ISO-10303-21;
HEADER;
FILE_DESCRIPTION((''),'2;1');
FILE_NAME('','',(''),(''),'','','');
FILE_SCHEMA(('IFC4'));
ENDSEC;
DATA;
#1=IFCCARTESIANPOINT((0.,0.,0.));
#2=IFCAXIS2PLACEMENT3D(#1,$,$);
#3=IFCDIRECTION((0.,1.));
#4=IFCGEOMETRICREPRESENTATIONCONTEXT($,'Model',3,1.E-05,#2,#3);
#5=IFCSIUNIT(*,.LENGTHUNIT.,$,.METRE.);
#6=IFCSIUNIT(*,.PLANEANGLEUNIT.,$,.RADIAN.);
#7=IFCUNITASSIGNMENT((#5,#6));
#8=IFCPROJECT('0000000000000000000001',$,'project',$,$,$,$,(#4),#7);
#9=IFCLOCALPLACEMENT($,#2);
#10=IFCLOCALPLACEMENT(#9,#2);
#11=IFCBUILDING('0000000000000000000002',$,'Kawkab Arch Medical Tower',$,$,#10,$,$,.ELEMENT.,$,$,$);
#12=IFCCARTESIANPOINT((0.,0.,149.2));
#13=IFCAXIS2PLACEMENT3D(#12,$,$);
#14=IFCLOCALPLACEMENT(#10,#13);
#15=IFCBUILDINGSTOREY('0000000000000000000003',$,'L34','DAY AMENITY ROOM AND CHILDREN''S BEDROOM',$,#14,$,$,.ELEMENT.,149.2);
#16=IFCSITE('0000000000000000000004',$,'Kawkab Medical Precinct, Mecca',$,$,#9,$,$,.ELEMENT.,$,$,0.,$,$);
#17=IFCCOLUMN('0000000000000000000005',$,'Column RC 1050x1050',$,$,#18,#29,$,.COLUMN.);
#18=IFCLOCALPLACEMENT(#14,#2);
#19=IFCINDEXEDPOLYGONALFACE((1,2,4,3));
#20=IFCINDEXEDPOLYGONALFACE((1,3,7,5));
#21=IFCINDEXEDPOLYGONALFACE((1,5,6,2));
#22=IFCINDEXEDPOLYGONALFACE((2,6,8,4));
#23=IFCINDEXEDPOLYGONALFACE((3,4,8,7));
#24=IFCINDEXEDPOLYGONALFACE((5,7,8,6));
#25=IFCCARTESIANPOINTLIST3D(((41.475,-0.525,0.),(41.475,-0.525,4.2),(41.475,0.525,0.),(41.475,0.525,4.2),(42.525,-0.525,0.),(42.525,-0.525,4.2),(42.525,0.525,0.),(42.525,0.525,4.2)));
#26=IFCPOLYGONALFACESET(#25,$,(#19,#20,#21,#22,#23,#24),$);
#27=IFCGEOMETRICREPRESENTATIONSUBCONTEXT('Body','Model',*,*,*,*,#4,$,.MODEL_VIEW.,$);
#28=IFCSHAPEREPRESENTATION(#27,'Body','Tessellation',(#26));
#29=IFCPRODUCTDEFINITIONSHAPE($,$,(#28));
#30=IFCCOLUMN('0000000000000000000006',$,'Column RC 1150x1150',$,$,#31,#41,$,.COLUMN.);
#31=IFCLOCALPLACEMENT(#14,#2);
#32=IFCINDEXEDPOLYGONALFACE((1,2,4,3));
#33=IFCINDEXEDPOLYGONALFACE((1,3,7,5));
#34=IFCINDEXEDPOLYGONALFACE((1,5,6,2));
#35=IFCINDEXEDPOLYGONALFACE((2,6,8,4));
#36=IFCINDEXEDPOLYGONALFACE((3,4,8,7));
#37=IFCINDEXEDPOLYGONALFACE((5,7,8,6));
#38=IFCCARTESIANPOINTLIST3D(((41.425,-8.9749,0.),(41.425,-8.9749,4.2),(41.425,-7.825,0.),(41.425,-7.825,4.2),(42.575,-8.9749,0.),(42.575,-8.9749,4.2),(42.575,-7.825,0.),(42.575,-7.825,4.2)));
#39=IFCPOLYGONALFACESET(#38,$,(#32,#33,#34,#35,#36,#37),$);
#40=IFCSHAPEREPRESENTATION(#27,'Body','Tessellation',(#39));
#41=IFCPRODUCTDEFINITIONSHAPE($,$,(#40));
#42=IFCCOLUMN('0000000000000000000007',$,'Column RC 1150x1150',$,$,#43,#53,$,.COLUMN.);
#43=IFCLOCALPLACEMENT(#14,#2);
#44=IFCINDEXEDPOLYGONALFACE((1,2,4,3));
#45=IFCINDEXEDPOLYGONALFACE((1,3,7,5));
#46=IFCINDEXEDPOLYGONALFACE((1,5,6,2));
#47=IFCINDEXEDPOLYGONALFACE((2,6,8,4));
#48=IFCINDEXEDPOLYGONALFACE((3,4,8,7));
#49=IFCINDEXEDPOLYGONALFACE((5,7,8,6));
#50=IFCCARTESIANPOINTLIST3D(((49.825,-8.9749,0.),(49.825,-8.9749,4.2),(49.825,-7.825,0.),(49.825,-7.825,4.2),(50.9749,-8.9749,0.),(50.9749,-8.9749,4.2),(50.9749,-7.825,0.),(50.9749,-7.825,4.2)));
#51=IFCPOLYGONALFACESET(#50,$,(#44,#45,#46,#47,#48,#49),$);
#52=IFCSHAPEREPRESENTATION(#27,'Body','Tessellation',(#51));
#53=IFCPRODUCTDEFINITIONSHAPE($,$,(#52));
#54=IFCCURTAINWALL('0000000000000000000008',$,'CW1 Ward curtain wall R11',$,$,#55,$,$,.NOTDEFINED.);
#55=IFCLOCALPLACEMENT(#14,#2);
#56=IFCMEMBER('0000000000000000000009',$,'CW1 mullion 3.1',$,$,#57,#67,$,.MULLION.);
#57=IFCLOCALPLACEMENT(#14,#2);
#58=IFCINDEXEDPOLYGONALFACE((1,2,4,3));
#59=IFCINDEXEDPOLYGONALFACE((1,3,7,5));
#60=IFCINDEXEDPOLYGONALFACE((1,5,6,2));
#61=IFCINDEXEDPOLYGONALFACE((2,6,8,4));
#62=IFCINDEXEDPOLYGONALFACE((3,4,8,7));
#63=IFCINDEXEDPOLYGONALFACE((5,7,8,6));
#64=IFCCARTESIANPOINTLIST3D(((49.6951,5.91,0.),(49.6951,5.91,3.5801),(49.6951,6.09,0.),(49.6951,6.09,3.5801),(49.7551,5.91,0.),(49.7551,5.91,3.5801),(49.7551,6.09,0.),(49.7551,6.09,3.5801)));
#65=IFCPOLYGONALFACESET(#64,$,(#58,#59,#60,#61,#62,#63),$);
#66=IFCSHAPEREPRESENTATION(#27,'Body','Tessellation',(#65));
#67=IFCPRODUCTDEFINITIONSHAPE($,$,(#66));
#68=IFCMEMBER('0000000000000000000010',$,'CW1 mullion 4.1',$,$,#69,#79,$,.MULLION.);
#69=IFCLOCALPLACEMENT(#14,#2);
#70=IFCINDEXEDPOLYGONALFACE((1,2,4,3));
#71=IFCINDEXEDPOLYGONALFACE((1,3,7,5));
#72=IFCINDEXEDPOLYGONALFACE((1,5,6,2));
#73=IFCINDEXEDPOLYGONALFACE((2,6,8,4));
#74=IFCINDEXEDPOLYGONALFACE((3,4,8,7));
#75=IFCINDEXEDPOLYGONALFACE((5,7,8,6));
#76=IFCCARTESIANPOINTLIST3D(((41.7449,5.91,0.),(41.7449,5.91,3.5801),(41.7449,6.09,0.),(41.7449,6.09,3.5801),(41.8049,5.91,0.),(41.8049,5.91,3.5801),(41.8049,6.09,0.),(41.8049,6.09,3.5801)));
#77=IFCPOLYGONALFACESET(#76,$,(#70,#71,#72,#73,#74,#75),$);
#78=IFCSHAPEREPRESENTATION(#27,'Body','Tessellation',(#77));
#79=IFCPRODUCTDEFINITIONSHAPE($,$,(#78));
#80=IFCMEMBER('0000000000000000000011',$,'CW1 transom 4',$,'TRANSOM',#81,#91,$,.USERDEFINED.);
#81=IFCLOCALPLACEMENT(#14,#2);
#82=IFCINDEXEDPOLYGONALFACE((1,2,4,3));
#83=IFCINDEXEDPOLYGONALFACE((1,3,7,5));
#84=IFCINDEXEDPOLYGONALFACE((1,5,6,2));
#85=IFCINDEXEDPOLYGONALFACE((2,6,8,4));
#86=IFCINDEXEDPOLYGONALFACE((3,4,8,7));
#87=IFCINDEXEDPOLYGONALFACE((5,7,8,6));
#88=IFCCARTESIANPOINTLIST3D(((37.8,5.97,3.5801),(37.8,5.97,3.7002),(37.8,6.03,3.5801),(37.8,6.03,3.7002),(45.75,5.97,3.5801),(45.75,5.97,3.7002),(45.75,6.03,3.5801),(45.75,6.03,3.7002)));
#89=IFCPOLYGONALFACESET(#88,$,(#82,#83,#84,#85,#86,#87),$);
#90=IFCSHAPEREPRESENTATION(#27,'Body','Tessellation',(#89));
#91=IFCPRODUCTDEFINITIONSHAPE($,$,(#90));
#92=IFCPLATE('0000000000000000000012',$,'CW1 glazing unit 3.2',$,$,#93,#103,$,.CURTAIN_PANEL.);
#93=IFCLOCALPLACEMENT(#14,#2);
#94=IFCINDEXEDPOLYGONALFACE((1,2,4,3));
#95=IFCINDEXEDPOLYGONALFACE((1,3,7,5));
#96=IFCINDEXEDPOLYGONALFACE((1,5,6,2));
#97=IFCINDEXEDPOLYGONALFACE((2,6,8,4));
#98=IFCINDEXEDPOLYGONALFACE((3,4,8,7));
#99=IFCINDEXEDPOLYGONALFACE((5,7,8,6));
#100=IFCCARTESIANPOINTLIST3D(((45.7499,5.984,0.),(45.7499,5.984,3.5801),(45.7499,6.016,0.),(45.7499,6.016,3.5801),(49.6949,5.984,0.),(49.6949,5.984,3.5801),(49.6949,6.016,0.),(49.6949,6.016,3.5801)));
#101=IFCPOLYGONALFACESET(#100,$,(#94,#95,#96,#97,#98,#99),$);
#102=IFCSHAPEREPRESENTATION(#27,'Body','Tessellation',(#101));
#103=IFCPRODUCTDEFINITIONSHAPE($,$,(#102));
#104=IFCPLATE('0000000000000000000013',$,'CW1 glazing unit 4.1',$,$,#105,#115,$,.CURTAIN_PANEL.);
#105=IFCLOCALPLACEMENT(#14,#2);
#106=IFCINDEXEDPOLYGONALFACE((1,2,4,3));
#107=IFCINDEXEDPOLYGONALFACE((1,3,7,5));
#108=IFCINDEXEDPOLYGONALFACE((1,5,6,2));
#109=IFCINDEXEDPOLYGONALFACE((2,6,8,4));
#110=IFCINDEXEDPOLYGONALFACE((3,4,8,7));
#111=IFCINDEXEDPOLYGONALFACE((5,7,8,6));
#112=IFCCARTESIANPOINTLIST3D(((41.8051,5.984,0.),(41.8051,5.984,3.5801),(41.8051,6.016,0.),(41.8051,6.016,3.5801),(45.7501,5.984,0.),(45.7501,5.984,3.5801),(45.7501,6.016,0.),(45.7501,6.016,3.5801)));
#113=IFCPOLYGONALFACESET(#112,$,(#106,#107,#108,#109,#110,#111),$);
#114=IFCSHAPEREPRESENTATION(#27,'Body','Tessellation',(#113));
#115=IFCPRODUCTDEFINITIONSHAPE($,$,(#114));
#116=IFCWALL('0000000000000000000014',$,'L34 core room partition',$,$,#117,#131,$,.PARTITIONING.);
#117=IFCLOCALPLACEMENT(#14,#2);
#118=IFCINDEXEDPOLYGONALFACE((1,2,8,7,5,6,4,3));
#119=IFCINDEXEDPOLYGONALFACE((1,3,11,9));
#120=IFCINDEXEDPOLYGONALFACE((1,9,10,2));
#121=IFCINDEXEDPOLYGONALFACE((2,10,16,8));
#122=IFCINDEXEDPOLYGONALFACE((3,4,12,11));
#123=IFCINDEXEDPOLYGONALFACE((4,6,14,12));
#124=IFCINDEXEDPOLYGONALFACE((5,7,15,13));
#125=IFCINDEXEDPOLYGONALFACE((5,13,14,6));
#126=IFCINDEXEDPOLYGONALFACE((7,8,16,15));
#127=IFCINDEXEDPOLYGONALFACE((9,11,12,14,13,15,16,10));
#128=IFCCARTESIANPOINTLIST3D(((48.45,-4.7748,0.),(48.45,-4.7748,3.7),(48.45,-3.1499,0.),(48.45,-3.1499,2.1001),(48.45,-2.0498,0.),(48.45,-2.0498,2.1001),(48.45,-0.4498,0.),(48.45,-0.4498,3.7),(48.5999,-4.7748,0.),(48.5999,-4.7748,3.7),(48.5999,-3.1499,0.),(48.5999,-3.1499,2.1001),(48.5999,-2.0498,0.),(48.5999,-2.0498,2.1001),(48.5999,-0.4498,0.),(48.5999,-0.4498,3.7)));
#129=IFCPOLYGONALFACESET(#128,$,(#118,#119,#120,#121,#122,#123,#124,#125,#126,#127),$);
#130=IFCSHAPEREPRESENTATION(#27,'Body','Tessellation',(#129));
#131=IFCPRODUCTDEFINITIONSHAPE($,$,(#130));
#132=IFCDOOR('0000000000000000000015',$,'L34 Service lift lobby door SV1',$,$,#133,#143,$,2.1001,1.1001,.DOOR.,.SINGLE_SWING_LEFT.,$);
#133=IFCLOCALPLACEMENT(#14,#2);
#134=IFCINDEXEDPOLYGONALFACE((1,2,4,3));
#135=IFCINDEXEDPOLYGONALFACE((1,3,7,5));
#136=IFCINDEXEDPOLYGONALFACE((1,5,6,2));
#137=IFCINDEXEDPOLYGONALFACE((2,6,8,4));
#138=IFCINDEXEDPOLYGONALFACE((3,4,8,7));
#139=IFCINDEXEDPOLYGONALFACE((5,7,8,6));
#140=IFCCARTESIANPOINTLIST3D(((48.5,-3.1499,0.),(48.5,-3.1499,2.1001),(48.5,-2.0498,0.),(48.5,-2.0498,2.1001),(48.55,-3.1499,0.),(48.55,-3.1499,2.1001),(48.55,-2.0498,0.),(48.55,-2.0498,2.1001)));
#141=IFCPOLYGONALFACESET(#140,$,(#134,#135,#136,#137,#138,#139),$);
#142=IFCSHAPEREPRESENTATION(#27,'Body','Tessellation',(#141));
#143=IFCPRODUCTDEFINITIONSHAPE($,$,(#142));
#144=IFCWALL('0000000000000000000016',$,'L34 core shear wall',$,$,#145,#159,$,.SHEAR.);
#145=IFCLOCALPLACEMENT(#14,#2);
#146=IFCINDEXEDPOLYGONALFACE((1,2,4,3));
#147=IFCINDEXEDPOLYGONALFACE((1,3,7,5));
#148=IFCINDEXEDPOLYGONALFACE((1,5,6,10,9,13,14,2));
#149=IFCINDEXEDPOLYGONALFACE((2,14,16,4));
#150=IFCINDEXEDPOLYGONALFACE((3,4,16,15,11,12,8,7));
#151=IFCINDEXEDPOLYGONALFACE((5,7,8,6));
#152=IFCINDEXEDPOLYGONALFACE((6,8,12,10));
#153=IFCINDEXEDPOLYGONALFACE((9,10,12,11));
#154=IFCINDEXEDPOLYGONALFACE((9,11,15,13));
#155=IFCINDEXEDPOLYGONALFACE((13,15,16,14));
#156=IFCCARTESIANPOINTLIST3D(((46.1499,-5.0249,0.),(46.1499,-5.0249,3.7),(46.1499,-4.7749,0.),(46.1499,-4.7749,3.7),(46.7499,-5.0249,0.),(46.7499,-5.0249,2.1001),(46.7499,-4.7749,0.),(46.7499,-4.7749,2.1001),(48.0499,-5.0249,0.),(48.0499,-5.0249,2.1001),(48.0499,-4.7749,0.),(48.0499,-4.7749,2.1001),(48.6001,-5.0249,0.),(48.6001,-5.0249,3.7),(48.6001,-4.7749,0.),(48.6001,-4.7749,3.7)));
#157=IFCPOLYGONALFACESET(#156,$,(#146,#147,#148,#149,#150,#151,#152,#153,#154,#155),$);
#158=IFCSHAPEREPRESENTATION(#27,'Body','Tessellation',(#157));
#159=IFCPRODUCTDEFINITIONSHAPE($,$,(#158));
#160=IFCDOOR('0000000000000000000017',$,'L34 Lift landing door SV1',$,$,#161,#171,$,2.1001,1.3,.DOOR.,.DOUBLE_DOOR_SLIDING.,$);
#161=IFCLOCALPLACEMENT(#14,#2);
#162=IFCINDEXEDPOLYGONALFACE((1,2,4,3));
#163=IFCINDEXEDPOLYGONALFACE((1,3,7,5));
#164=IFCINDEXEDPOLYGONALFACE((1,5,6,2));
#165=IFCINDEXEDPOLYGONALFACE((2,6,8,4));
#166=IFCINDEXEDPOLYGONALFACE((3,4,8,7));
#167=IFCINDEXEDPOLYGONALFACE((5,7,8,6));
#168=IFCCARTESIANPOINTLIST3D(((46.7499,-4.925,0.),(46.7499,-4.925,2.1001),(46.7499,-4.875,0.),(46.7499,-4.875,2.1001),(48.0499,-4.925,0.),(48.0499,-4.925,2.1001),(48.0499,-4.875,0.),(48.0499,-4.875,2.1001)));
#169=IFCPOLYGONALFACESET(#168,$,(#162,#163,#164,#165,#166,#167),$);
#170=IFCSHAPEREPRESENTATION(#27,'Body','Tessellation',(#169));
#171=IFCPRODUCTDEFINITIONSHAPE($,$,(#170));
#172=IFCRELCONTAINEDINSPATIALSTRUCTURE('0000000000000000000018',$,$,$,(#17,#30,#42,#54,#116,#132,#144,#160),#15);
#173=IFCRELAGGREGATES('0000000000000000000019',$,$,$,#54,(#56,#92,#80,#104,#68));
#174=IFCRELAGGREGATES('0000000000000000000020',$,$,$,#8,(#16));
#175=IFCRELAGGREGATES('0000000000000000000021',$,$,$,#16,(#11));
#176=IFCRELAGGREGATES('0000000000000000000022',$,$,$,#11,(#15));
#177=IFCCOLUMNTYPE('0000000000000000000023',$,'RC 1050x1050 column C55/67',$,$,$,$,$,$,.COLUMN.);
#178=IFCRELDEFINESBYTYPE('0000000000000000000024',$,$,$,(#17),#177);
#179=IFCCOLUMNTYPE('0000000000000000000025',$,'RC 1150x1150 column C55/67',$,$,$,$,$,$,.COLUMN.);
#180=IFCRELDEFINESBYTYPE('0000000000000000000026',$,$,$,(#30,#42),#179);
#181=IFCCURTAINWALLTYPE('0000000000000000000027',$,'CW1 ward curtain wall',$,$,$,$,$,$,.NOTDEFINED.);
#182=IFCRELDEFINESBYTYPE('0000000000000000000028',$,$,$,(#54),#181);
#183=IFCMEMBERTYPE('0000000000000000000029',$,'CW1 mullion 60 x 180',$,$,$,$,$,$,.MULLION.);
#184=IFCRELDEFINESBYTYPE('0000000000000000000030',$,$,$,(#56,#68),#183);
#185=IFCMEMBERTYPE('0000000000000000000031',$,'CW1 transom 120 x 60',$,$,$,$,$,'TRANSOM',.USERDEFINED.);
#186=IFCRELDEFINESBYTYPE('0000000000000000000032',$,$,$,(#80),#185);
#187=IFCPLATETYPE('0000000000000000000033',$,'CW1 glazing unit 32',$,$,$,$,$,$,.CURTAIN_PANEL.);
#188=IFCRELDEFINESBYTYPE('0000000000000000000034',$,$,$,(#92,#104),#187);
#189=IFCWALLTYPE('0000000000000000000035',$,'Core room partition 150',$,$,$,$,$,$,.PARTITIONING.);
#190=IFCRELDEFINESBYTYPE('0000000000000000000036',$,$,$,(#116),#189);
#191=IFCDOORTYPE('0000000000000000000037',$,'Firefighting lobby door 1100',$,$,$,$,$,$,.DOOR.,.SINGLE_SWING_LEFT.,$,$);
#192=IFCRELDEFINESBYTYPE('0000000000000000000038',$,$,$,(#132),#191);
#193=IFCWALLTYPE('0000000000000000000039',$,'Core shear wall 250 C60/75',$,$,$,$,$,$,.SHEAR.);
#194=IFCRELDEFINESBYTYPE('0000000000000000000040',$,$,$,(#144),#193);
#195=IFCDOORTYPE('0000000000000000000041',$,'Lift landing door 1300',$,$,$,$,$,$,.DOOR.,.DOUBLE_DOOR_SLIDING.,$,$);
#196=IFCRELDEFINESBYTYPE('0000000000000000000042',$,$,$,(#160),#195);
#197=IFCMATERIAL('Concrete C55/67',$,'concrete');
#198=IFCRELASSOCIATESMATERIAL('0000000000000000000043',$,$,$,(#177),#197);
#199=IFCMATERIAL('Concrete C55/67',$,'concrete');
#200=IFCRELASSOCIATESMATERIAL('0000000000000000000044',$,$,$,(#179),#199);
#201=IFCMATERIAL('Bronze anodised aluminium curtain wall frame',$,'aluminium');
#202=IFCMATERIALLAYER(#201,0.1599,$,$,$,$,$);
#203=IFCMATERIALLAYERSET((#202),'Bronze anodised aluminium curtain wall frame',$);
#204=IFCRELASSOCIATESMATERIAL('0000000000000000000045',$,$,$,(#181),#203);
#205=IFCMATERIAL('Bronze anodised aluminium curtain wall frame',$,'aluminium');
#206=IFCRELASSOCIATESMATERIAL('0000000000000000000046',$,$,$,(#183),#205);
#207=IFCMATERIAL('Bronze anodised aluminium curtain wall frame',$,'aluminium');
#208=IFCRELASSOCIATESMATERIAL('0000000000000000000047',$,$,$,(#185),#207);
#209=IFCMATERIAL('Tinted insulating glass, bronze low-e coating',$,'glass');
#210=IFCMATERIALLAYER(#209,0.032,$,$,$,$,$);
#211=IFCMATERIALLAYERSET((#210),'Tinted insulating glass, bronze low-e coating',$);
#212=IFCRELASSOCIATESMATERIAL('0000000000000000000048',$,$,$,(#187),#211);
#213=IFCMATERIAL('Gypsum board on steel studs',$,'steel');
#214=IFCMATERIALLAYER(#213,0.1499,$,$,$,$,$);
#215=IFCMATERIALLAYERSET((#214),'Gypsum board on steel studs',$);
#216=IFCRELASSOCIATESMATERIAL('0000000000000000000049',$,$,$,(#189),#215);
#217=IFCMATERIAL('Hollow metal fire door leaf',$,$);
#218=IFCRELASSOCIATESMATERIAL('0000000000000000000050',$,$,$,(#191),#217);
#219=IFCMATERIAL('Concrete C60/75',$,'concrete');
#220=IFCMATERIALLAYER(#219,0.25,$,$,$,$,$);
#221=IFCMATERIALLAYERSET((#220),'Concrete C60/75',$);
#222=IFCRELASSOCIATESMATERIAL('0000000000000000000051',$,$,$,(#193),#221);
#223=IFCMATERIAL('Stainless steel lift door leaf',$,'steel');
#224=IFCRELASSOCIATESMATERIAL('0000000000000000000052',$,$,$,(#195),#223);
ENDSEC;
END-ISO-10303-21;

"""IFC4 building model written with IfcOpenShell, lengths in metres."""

from ifc_helpers import new_model, si_unit, direction, frame, frame_2d, origin, origin_2d, place, context, subcontext, project, spatial, rectangle, extrude, material, layer, layer_set, material_profile, profile_set, type_object, element, fill, aggregate, save


model = new_model("IFC4")

# Units and contexts
model_context = context("Model", 3, precision=1e-05, world=origin(), true_north=direction((0.0, 1.0)))
body_context = subcontext(model_context, "Body", "Model", "MODEL_VIEW")
ifc_project = project(units=[si_unit("LENGTHUNIT", "METRE"), si_unit("PLANEANGLEUNIT", "RADIAN")], contexts=[model_context])

# Site, building, storey
site_placement = place(None, origin())
site = spatial("IfcSite", under=ifc_project, at=site_placement, Name="Kawkab Medical Precinct, Mecca", CompositionType="ELEMENT", RefElevation=0.0)
building_placement = place(site_placement, origin())
building = spatial("IfcBuilding", under=site, at=building_placement, Name="Kawkab Arch Medical Tower", CompositionType="ELEMENT")
storey_placement = place(building_placement, frame((0.0, 0.0, 149.2)))
storey = spatial("IfcBuildingStorey", under=building, at=storey_placement, Name="L34", Description="DAY AMENITY ROOM AND CHILDREN'S BEDROOM", CompositionType="ELEMENT", Elevation=149.2)

# Columns
ifc_material_1 = material(Name="Concrete C55/67", Category="concrete")
ifc_material_profile_1 = material_profile(ifc_material_1, rectangle(XDim=1.05, YDim=1.05, at=origin_2d()), Name="RC 1050x1050")
ifc_profile_set_1 = profile_set([ifc_material_profile_1], Name="Concrete C55/67")
column_type_1 = type_object("IfcColumnType", Name="RC 1050x1050 column C55/67", PredefinedType="COLUMN", material=ifc_profile_set_1)
column_placement = place(storey_placement, frame((42.0, 0.0, 0.0), z_axis=(0.0, 0.0, 1.0), x_axis=(1.0, 0.0, 0.0)))
element("IfcColumn", 1, at=column_placement, inside=storey, type_object=column_type_1, Name="Column RC 1050x1050", PredefinedType="COLUMN", context=body_context, shape_type="SweptSolid", body=[
    extrude(rectangle(XDim=1.05, YDim=1.05, at=origin_2d()), origin(), (0.0, 0.0, 1.0), 4.2),
])
ifc_material_2 = material(Name="Concrete C55/67", Category="concrete")
ifc_material_profile_2 = material_profile(ifc_material_2, rectangle(XDim=1.1499, YDim=1.1499, at=origin_2d()), Name="RC 1150x1150")
ifc_profile_set_2 = profile_set([ifc_material_profile_2], Name="Concrete C55/67")
column_type_2 = type_object("IfcColumnType", Name="RC 1150x1150 column C55/67", PredefinedType="COLUMN", material=ifc_profile_set_2)
for number, where, z_axis, x_axis, name in (
    (2, (42.0, -8.3999, 0.0), (0.0, 0.0, 1.0), (1.0, 0.0, 0.0), "Column RC 1150x1150"),
    (3, (50.3999, -8.3999, 0.0), (0.0, 0.0, 1.0), (1.0, 0.0, 0.0), "Column RC 1150x1150"),
):
    element("IfcColumn", number, at=place(storey_placement, frame(where, z_axis=z_axis, x_axis=x_axis)), inside=storey, type_object=column_type_2, Name=name, PredefinedType="COLUMN", context=body_context, shape_type="SweptSolid", body=[
        extrude(rectangle(XDim=1.1499, YDim=1.1499, at=origin_2d()), origin(), (0.0, 0.0, 1.0), 4.2),
    ])

# Curtain wall, members, plates
ifc_material_3 = material(Name="Bronze anodised aluminium curtain wall frame", Category="aluminium")
ifc_layer_1 = layer(ifc_material_3, 0.1599)
ifc_layer_set_1 = layer_set([ifc_layer_1], Name="Bronze anodised aluminium curtain wall frame")
curtain_wall_type = type_object("IfcCurtainWallType", Name="CW1 ward curtain wall", PredefinedType="NOTDEFINED", material=ifc_layer_set_1)
placement = place(storey_placement, origin())
curtain_wall = element("IfcCurtainWall", 4, at=placement, inside=storey, type_object=curtain_wall_type, Name="CW1 Ward curtain wall R11", PredefinedType="NOTDEFINED")
ifc_material_4 = material(Name="Bronze anodised aluminium curtain wall frame", Category="aluminium")
ifc_material_profile_3 = material_profile(ifc_material_4, rectangle(XDim=0.1799, YDim=0.0601, at=origin_2d()), Name="AL 60x180")
ifc_profile_set_3 = profile_set([ifc_material_profile_3], Name="Bronze anodised aluminium curtain wall frame")
member_type_1 = type_object("IfcMemberType", Name="CW1 mullion 60 x 180", PredefinedType="MULLION", material=ifc_profile_set_3)
member_1_placement = place(storey_placement, frame((49.7251, 6.0, 0.0), z_axis=(0.0, 0.0, 1.0), x_axis=(0.0, -1.0, 0.0)))
member_1 = element("IfcMember", 5, at=member_1_placement, type_object=member_type_1, Name="CW1 mullion 3.1", PredefinedType="MULLION", context=body_context, shape_type="SweptSolid", body=[
    extrude(rectangle(XDim=0.1799, YDim=0.0601, at=origin_2d()), origin(), (0.0, 0.0, 1.0), 3.5801),
])
member_2_placement = place(storey_placement, frame((41.7749, 6.0, 0.0), z_axis=(0.0, 0.0, 1.0), x_axis=(0.0, -1.0, 0.0)))
member_2 = element("IfcMember", 6, at=member_2_placement, type_object=member_type_1, Name="CW1 mullion 4.1", PredefinedType="MULLION", context=body_context, shape_type="SweptSolid", body=[
    extrude(rectangle(XDim=0.1799, YDim=0.0601, at=origin_2d()), origin(), (0.0, 0.0, 1.0), 3.5801),
])
ifc_material_5 = material(Name="Bronze anodised aluminium curtain wall frame", Category="aluminium")
ifc_material_profile_4 = material_profile(ifc_material_5, rectangle(XDim=0.0601, YDim=0.1201, at=origin_2d()), Name="AL 60x120")
ifc_profile_set_4 = profile_set([ifc_material_profile_4], Name="Bronze anodised aluminium curtain wall frame")
member_type_2 = type_object("IfcMemberType", Name="CW1 transom 120 x 60", ElementType="TRANSOM", PredefinedType="USERDEFINED", material=ifc_profile_set_4)
member_3_placement = place(storey_placement, frame((45.75, 6.0, 3.6401), z_axis=(-1.0, 0.0, 0.0), x_axis=(0.0, -1.0, 0.0)))
member_3 = element("IfcMember", 7, at=member_3_placement, type_object=member_type_2, Name="CW1 transom 4", ObjectType="TRANSOM", PredefinedType="USERDEFINED", context=body_context, shape_type="SweptSolid", body=[
    extrude(rectangle(XDim=0.0601, YDim=0.1201, at=origin_2d()), origin(), (0.0, 0.0, 1.0), 7.95),
])
ifc_material_6 = material(Name="Tinted insulating glass, bronze low-e coating", Category="glass")
ifc_layer_2 = layer(ifc_material_6, 0.032)
ifc_layer_set_2 = layer_set([ifc_layer_2], Name="Tinted insulating glass, bronze low-e coating")
plate_type = type_object("IfcPlateType", Name="CW1 glazing unit 32", PredefinedType="CURTAIN_PANEL", material=ifc_layer_set_2)
plate_1_placement = place(storey_placement, frame((47.7224, 6.0, 0.0), z_axis=(0.0, 0.0, 1.0), x_axis=(-1.0, 0.0, 0.0)))
plate_1 = element("IfcPlate", 8, at=plate_1_placement, type_object=plate_type, Name="CW1 glazing unit 3.2", PredefinedType="CURTAIN_PANEL", context=body_context, shape_type="SweptSolid", body=[
    extrude(rectangle(XDim=3.9451, YDim=0.032, at=origin_2d()), origin(), (0.0, 0.0, 1.0), 3.5801),
])
plate_2_placement = place(storey_placement, frame((43.7776, 6.0, 0.0), z_axis=(0.0, 0.0, 1.0), x_axis=(-1.0, 0.0, 0.0)))
plate_2 = element("IfcPlate", 9, at=plate_2_placement, type_object=plate_type, Name="CW1 glazing unit 4.1", PredefinedType="CURTAIN_PANEL", context=body_context, shape_type="SweptSolid", body=[
    extrude(rectangle(XDim=3.9451, YDim=0.032, at=origin_2d()), origin(), (0.0, 0.0, 1.0), 3.5801),
])
aggregate(curtain_wall, [member_1, plate_1, member_3, plate_2, member_2])

# Walls, openings, doors
ifc_material_7 = material(Name="Gypsum board on steel studs", Category="steel")
ifc_layer_3 = layer(ifc_material_7, 0.1499)
ifc_layer_set_3 = layer_set([ifc_layer_3], Name="Gypsum board on steel studs")
wall_type_1 = type_object("IfcWallType", Name="Core room partition 150", PredefinedType="PARTITIONING", material=ifc_layer_set_3)
wall_1_placement = place(storey_placement, frame((48.5249, -4.7749, 0.0), z_axis=(0.0, 0.0, 1.0), x_axis=(0.0, 1.0, 0.0)))
wall_1 = element("IfcWall", 10, at=wall_1_placement, inside=storey, type_object=wall_type_1, Name="L34 core room partition", PredefinedType="PARTITIONING", context=body_context, shape_type="SweptSolid", body=[
    extrude(rectangle(XDim=4.325, YDim=0.1499, at=frame_2d((2.1626, 0.0))), origin(), (0.0, 0.0, 1.0), 3.7),
])
opening_1_placement = place(wall_1_placement, frame((1.625, 0.0, 0.0)))
opening_1 = element("IfcOpeningElement", 11, at=opening_1_placement, cuts=wall_1, PredefinedType="OPENING", context=body_context, shape_type="SweptSolid", body=[
    extrude(rectangle(XDim=1.1001, YDim=2.1001, at=frame_2d((0.55, 1.05))), frame((0.0, 0.085, 0.0), z_axis=(0.0, -1.0, 0.0), x_axis=(1.0, 0.0, 0.0)), (0.0, 0.0, 1.0), 0.1699),
])
ifc_material_8 = material(Name="Hollow metal fire door leaf")
door_type_1 = type_object("IfcDoorType", Name="Firefighting lobby door 1100", OperationType="SINGLE_SWING_LEFT", PredefinedType="DOOR", material=ifc_material_8)
door_1_placement = place(opening_1_placement, origin())
door_1 = element("IfcDoor", 12, at=door_1_placement, inside=storey, type_object=door_type_1, Name="L34 Service lift lobby door SV1", OperationType="SINGLE_SWING_LEFT", OverallHeight=2.1001, OverallWidth=1.1001, PredefinedType="DOOR", context=body_context, shape_type="SweptSolid", body=[
    extrude(rectangle(XDim=1.1001, YDim=2.1001, at=frame_2d((0.55, 1.05))), frame((0.0, 0.0249, 0.0), z_axis=(0.0, -1.0, 0.0), x_axis=(1.0, 0.0, 0.0)), (0.0, 0.0, 1.0), 0.05),
])
fill(opening_1, door_1)
ifc_material_9 = material(Name="Concrete C60/75", Category="concrete")
ifc_layer_4 = layer(ifc_material_9, 0.25)
ifc_layer_set_4 = layer_set([ifc_layer_4], Name="Concrete C60/75")
wall_type_2 = type_object("IfcWallType", Name="Core shear wall 250 C60/75", PredefinedType="SHEAR", material=ifc_layer_set_4)
wall_2_placement = place(storey_placement, frame((46.1499, -4.8999, 0.0), z_axis=(0.0, 0.0, 1.0), x_axis=(1.0, 0.0, 0.0)))
wall_2 = element("IfcWall", 13, at=wall_2_placement, inside=storey, type_object=wall_type_2, Name="L34 core shear wall", PredefinedType="SHEAR", context=body_context, shape_type="SweptSolid", body=[
    extrude(rectangle(XDim=2.4502, YDim=0.25, at=frame_2d((1.2251, 0.0))), origin(), (0.0, 0.0, 1.0), 3.7),
])
opening_2_placement = place(wall_2_placement, frame((0.6001, 0.0, 0.0)))
opening_2 = element("IfcOpeningElement", 14, at=opening_2_placement, cuts=wall_2, PredefinedType="OPENING", context=body_context, shape_type="SweptSolid", body=[
    extrude(rectangle(XDim=1.3, YDim=2.1001, at=frame_2d((0.6499, 1.05))), frame((0.0, 0.135, 0.0), z_axis=(0.0, -1.0, 0.0), x_axis=(1.0, 0.0, 0.0)), (0.0, 0.0, 1.0), 0.27),
])
ifc_material_10 = material(Name="Stainless steel lift door leaf", Category="steel")
door_type_2 = type_object("IfcDoorType", Name="Lift landing door 1300", OperationType="DOUBLE_DOOR_SLIDING", PredefinedType="DOOR", material=ifc_material_10)
door_2_placement = place(opening_2_placement, origin())
door_2 = element("IfcDoor", 15, at=door_2_placement, inside=storey, type_object=door_type_2, Name="L34 Lift landing door SV1", OperationType="DOUBLE_DOOR_SLIDING", OverallHeight=2.1001, OverallWidth=1.3, PredefinedType="DOOR", context=body_context, shape_type="SweptSolid", body=[
    extrude(rectangle(XDim=1.3, YDim=2.1001, at=frame_2d((0.6499, 1.05))), frame((0.0, 0.0249, 0.0), z_axis=(0.0, -1.0, 0.0), x_axis=(1.0, 0.0, 0.0)), (0.0, 0.0, 1.0), 0.05),
])
fill(opening_2, door_2)

save(model, "model.ifc")
